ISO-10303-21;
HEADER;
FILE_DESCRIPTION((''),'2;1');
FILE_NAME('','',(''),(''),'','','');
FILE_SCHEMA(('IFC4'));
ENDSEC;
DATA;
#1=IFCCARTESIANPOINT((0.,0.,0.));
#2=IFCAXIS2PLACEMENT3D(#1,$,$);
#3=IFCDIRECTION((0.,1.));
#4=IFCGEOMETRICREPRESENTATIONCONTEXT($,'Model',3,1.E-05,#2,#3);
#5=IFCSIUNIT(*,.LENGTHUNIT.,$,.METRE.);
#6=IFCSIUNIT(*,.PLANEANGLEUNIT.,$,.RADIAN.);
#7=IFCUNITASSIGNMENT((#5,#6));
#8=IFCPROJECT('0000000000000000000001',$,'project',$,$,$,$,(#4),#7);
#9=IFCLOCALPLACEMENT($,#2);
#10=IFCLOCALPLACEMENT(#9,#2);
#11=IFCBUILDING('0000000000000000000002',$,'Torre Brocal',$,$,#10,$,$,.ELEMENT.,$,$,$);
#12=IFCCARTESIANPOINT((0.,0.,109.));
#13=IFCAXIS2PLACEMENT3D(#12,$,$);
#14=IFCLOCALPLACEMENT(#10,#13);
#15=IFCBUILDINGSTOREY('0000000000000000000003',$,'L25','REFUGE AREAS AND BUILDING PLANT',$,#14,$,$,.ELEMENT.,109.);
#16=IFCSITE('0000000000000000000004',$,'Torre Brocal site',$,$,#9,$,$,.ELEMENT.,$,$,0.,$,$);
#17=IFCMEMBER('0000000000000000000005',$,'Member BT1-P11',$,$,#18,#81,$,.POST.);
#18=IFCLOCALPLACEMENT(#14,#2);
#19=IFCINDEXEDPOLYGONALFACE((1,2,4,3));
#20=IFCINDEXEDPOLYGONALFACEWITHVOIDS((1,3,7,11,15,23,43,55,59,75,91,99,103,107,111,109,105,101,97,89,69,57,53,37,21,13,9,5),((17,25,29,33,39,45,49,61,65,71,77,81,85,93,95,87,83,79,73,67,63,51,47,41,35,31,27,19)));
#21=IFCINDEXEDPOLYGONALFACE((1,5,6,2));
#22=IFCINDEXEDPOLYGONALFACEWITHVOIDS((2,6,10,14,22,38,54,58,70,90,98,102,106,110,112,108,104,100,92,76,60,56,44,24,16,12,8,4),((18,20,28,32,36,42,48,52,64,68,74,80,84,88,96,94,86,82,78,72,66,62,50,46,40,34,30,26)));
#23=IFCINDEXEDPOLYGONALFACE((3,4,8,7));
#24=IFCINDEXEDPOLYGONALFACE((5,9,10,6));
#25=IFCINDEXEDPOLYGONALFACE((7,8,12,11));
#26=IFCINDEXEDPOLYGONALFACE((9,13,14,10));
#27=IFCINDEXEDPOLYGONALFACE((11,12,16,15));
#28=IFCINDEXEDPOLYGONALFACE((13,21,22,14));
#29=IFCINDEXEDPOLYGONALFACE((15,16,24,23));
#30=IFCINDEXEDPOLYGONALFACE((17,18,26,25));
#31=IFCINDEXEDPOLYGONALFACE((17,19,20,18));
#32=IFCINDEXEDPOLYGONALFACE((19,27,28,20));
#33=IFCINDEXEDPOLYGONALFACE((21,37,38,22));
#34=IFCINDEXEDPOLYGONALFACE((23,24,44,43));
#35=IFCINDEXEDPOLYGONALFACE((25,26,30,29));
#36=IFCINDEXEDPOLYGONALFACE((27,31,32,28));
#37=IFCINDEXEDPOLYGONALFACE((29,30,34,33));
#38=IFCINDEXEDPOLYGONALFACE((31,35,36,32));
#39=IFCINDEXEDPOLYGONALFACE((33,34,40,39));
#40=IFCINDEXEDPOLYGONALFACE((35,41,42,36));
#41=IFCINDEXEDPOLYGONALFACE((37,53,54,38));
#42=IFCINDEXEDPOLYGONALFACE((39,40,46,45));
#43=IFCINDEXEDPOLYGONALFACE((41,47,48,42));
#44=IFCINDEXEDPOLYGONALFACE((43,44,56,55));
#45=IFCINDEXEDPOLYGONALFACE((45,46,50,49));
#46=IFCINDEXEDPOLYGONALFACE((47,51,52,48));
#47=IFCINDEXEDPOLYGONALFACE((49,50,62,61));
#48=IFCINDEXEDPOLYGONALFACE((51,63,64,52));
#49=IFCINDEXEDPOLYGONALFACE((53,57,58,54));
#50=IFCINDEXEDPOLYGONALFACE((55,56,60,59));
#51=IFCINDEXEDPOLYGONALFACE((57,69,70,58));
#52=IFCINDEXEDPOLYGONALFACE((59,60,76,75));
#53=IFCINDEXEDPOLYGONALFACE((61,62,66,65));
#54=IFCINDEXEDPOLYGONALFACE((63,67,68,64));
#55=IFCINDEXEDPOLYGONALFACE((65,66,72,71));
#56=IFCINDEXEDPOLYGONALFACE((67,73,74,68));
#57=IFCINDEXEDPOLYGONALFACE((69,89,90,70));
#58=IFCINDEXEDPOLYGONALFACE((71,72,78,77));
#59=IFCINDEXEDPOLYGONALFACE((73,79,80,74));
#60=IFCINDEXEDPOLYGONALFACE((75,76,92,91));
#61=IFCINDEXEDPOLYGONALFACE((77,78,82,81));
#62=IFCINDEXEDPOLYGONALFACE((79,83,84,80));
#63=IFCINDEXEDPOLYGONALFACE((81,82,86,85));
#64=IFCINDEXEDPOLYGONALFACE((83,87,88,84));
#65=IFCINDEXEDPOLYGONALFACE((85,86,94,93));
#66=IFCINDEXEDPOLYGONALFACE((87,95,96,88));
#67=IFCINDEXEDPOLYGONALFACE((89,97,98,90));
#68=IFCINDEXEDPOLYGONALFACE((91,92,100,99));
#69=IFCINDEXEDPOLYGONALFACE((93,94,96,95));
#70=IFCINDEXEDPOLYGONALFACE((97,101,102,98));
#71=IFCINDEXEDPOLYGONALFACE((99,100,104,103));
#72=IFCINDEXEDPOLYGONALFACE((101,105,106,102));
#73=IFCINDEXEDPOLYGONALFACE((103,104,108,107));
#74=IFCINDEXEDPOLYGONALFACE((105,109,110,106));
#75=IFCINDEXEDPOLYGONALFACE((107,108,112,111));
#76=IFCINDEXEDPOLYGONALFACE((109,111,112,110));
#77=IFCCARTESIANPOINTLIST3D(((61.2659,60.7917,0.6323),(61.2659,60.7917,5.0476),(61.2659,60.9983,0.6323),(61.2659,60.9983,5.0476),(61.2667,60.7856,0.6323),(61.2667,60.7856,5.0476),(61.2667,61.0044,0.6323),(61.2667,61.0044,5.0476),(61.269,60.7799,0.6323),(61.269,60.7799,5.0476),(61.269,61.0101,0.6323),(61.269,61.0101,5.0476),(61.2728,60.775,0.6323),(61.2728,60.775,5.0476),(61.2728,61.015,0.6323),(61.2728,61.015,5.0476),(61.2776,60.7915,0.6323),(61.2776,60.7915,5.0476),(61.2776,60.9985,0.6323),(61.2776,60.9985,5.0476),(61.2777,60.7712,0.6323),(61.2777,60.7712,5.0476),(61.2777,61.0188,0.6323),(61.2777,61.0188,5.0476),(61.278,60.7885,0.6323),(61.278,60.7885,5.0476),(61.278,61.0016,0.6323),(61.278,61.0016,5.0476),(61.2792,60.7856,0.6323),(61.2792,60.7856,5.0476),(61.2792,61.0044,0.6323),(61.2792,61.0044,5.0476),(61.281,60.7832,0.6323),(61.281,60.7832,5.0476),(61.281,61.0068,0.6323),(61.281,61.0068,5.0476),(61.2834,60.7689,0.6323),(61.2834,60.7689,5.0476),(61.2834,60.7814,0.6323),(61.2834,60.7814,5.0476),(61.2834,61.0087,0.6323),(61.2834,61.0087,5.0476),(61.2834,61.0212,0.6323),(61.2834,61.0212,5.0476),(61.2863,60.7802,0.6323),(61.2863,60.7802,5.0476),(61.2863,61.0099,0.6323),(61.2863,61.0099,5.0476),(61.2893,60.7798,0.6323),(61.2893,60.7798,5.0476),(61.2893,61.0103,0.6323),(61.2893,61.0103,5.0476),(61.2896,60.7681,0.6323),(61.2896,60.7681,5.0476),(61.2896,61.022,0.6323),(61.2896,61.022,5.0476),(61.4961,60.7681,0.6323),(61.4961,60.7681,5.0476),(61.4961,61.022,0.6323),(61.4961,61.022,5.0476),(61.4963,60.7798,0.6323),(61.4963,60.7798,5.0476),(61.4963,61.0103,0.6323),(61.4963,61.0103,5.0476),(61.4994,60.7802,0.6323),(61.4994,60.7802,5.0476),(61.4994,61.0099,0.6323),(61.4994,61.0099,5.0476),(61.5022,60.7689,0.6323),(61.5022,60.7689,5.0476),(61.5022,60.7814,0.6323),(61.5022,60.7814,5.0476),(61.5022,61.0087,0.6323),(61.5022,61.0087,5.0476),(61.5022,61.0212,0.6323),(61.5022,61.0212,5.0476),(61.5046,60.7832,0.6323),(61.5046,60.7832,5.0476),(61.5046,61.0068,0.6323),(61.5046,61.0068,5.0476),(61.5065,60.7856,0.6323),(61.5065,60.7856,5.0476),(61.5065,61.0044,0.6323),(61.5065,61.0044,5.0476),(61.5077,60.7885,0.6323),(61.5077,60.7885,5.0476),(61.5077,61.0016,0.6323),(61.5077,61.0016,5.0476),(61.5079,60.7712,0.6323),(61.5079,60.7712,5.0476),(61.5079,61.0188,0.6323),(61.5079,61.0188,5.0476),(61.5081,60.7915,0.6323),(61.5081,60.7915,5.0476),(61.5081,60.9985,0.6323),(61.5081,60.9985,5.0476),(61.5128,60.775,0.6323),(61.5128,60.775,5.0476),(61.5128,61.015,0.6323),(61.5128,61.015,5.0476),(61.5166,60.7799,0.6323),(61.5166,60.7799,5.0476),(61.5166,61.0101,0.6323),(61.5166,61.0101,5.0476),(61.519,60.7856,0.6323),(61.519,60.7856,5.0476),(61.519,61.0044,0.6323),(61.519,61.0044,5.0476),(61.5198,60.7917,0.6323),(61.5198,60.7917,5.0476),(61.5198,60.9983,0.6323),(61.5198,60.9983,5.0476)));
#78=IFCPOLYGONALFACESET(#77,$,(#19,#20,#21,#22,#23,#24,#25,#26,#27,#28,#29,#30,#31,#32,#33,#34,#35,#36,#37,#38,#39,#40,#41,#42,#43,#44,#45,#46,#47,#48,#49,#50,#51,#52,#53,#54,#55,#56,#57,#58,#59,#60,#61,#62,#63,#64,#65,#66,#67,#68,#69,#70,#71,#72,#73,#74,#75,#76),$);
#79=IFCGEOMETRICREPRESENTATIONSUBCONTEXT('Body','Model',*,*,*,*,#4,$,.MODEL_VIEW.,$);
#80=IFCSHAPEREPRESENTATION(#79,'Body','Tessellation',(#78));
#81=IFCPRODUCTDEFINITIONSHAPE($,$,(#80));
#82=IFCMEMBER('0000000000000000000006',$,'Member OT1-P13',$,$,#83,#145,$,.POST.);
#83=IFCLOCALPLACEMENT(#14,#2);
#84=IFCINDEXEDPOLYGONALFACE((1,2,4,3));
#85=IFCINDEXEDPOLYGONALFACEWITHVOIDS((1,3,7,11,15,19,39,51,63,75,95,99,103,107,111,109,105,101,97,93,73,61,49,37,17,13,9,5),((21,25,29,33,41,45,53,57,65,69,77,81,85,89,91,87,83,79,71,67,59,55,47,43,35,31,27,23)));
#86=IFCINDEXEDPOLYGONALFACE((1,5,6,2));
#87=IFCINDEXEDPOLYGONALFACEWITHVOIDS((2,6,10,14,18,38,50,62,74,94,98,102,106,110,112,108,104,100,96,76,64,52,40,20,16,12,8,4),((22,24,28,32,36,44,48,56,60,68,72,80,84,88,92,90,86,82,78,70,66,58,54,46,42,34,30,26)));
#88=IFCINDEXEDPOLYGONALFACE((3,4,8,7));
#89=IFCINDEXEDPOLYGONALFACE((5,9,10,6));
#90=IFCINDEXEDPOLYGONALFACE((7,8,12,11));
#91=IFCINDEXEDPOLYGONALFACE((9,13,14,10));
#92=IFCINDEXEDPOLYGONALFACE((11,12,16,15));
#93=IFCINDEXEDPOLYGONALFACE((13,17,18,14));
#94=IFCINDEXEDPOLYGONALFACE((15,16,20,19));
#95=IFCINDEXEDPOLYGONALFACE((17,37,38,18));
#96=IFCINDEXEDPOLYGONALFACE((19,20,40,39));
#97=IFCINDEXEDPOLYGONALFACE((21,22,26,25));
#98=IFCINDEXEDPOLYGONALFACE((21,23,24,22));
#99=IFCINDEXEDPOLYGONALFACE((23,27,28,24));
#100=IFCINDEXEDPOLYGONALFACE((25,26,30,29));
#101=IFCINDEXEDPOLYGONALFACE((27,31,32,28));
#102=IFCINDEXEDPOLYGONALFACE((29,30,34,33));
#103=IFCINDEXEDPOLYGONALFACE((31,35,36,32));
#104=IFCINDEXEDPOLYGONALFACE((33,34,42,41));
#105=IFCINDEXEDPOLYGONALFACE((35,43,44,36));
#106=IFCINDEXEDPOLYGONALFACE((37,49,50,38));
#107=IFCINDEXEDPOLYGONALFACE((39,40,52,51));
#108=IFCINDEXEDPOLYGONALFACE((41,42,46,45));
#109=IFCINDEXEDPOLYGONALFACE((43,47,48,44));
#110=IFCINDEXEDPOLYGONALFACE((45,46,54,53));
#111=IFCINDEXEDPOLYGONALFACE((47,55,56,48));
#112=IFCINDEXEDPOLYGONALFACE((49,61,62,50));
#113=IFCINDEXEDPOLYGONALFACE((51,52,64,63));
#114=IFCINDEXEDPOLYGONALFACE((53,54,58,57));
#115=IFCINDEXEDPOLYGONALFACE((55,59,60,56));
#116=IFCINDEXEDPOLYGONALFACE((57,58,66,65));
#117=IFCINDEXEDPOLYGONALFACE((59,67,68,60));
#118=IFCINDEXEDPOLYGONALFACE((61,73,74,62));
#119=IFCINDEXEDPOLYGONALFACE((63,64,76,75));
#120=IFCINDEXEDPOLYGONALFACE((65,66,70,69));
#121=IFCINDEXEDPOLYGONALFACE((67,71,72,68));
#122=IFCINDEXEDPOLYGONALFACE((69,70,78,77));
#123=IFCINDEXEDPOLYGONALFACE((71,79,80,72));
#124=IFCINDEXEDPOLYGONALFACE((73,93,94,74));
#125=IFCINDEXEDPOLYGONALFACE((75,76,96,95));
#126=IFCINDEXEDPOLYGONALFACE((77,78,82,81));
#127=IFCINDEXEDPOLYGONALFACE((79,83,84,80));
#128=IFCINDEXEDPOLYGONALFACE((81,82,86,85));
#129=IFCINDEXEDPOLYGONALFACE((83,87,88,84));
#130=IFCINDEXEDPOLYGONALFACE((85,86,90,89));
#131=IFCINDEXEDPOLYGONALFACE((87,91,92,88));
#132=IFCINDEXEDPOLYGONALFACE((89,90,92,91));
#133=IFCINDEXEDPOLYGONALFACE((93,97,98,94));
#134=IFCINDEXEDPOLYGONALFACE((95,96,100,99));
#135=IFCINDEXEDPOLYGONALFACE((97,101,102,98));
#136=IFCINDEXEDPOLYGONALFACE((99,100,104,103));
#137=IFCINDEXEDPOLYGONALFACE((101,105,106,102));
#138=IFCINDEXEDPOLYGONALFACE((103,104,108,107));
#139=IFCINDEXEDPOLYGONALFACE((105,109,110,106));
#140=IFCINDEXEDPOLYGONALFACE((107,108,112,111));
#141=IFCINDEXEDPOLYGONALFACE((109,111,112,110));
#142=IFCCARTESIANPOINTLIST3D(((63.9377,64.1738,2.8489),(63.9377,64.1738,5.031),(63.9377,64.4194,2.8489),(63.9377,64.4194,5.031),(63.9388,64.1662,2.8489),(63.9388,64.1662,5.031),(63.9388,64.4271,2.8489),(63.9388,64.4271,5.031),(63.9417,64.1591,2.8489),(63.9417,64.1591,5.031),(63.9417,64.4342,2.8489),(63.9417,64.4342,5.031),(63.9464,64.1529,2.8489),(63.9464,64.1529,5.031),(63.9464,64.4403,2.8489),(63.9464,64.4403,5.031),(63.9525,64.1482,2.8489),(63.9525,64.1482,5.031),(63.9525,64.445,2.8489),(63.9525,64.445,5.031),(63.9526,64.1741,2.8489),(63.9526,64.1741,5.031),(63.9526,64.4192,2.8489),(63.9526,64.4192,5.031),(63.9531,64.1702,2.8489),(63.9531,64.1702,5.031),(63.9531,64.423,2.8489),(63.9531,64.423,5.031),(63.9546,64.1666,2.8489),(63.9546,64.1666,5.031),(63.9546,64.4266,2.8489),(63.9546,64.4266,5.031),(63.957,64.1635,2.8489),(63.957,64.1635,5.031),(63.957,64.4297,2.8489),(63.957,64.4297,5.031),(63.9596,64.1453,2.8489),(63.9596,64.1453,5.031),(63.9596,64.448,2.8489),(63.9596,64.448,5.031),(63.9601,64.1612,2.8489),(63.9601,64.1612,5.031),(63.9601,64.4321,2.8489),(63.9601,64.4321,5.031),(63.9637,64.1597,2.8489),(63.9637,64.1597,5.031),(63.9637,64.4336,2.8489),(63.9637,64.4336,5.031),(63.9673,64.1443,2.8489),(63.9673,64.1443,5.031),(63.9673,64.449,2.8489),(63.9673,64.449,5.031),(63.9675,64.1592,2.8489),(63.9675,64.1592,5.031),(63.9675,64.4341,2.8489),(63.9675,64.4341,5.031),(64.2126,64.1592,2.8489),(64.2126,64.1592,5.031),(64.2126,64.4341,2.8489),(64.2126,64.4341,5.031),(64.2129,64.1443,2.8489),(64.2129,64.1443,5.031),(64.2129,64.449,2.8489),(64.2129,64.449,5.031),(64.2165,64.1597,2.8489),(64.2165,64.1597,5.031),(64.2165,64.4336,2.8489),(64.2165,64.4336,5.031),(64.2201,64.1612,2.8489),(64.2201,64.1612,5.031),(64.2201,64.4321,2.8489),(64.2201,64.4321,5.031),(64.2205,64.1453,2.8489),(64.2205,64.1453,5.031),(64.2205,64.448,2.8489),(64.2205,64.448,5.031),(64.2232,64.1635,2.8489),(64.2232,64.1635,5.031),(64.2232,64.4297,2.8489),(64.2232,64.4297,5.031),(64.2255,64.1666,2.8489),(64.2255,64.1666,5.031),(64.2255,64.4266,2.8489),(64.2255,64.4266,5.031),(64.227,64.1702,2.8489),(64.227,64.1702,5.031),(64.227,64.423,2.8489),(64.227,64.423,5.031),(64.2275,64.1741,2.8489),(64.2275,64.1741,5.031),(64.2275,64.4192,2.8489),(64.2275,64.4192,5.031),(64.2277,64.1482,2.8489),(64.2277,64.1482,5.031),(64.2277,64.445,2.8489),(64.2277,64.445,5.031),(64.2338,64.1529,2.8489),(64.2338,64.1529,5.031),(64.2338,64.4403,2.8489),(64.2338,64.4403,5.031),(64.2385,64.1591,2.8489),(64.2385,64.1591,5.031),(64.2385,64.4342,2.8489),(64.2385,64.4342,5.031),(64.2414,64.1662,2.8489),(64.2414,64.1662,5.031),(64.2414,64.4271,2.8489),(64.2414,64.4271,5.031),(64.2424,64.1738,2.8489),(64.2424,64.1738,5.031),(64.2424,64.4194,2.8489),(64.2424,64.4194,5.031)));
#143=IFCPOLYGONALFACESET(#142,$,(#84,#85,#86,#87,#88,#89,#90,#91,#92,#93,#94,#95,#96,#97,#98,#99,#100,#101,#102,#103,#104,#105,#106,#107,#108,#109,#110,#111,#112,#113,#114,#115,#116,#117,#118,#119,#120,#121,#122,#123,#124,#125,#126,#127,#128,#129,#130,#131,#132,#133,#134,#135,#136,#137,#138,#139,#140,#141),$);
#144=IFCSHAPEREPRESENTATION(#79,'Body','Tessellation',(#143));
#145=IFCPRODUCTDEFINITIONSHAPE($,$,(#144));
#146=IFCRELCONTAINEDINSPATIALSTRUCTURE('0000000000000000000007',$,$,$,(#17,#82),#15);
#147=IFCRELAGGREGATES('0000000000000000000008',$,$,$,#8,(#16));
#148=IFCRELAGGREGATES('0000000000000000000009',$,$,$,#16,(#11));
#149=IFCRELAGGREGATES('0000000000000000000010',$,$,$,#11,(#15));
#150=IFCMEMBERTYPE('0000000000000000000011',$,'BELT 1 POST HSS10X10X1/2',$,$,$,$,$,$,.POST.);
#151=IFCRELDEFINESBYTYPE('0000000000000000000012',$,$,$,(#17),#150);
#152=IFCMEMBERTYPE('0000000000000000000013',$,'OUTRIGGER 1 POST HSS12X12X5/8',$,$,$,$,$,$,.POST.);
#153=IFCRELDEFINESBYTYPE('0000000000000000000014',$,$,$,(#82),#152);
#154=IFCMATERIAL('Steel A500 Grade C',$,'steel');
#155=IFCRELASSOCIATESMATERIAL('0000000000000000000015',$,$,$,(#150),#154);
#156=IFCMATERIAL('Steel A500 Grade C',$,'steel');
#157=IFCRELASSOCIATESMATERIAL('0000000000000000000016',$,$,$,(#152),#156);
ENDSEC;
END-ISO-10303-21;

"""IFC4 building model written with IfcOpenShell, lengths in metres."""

from ifc_helpers import new_model, si_unit, direction, frame, origin, origin_2d, place, context, subcontext, project, spatial, hollow_rectangle, extrude, material, material_profile, profile_set, type_object, element, save


model = new_model("IFC4")

# Units and contexts
model_context = context("Model", 3, precision=1e-05, world=origin(), true_north=direction((0.0, 1.0)))
body_context = subcontext(model_context, "Body", "Model", "MODEL_VIEW")
ifc_project = project(units=[si_unit("LENGTHUNIT", "METRE"), si_unit("PLANEANGLEUNIT", "RADIAN")], contexts=[model_context])

# Site, building, storey
site_placement = place(None, origin())
site = spatial("IfcSite", under=ifc_project, at=site_placement, Name="Torre Brocal site", CompositionType="ELEMENT", RefElevation=0.0)
building_placement = place(site_placement, origin())
building = spatial("IfcBuilding", under=site, at=building_placement, Name="Torre Brocal", CompositionType="ELEMENT")
storey_placement = place(building_placement, frame((0.0, 0.0, 109.0)))
storey = spatial("IfcBuildingStorey", under=building, at=storey_placement, Name="L25", Description="REFUGE AREAS AND BUILDING PLANT", CompositionType="ELEMENT", Elevation=109.0)

# Members
ifc_material_1 = material(Name="Steel A500 Grade C", Category="steel")
ifc_material_profile_1 = material_profile(ifc_material_1, hollow_rectangle(XDim=0.2539, YDim=0.2539, WallThickness=0.0117, InnerFilletRadius=0.0117, OuterFilletRadius=0.0237, at=origin_2d()), Name="HSS10X10X1/2")
ifc_profile_set_1 = profile_set([ifc_material_profile_1], Name="Steel A500 Grade C")
member_type_1 = type_object("IfcMemberType", Name="BELT 1 POST HSS10X10X1/2", PredefinedType="POST", material=ifc_profile_set_1)
member_placement = place(storey_placement, frame((61.3928, 60.895, 0.6323), z_axis=(0.0, 0.0, 1.0), x_axis=(1.0, 0.0, 0.0)))
element("IfcMember", 1, at=member_placement, inside=storey, type_object=member_type_1, Name="Member BT1-P11", PredefinedType="POST", context=body_context, shape_type="SweptSolid", body=[
    extrude(hollow_rectangle(XDim=0.2539, YDim=0.2539, WallThickness=0.0117, InnerFilletRadius=0.0117, OuterFilletRadius=0.0237, at=origin_2d()), origin(), (0.0, 0.0, 1.0), 4.4153),
])
ifc_material_2 = material(Name="Steel A500 Grade C", Category="steel")
ifc_material_profile_2 = material_profile(ifc_material_2, hollow_rectangle(XDim=0.3047, YDim=0.3047, WallThickness=0.0149, InnerFilletRadius=0.0149, OuterFilletRadius=0.0295, at=origin_2d()), Name="HSS12X12X5/8")
ifc_profile_set_2 = profile_set([ifc_material_profile_2], Name="Steel A500 Grade C")
member_type_2 = type_object("IfcMemberType", Name="OUTRIGGER 1 POST HSS12X12X5/8", PredefinedType="POST", material=ifc_profile_set_2)
for number, where, z_axis, x_axis, name in (
    (2, (64.0901, 64.2966, 2.8489), (0.0, 0.0, 1.0), (1.0, 0.0, 0.0), "Member OT1-P13"),
):
    element("IfcMember", number, at=place(storey_placement, frame(where, z_axis=z_axis, x_axis=x_axis)), inside=storey, type_object=member_type_2, Name=name, PredefinedType="POST", context=body_context, shape_type="SweptSolid", body=[
        extrude(hollow_rectangle(XDim=0.3047, YDim=0.3047, WallThickness=0.0149, InnerFilletRadius=0.0149, OuterFilletRadius=0.0295, at=origin_2d()), origin(), (0.0, 0.0, 1.0), 2.1821),
    ])

save(model, "model.ifc")
